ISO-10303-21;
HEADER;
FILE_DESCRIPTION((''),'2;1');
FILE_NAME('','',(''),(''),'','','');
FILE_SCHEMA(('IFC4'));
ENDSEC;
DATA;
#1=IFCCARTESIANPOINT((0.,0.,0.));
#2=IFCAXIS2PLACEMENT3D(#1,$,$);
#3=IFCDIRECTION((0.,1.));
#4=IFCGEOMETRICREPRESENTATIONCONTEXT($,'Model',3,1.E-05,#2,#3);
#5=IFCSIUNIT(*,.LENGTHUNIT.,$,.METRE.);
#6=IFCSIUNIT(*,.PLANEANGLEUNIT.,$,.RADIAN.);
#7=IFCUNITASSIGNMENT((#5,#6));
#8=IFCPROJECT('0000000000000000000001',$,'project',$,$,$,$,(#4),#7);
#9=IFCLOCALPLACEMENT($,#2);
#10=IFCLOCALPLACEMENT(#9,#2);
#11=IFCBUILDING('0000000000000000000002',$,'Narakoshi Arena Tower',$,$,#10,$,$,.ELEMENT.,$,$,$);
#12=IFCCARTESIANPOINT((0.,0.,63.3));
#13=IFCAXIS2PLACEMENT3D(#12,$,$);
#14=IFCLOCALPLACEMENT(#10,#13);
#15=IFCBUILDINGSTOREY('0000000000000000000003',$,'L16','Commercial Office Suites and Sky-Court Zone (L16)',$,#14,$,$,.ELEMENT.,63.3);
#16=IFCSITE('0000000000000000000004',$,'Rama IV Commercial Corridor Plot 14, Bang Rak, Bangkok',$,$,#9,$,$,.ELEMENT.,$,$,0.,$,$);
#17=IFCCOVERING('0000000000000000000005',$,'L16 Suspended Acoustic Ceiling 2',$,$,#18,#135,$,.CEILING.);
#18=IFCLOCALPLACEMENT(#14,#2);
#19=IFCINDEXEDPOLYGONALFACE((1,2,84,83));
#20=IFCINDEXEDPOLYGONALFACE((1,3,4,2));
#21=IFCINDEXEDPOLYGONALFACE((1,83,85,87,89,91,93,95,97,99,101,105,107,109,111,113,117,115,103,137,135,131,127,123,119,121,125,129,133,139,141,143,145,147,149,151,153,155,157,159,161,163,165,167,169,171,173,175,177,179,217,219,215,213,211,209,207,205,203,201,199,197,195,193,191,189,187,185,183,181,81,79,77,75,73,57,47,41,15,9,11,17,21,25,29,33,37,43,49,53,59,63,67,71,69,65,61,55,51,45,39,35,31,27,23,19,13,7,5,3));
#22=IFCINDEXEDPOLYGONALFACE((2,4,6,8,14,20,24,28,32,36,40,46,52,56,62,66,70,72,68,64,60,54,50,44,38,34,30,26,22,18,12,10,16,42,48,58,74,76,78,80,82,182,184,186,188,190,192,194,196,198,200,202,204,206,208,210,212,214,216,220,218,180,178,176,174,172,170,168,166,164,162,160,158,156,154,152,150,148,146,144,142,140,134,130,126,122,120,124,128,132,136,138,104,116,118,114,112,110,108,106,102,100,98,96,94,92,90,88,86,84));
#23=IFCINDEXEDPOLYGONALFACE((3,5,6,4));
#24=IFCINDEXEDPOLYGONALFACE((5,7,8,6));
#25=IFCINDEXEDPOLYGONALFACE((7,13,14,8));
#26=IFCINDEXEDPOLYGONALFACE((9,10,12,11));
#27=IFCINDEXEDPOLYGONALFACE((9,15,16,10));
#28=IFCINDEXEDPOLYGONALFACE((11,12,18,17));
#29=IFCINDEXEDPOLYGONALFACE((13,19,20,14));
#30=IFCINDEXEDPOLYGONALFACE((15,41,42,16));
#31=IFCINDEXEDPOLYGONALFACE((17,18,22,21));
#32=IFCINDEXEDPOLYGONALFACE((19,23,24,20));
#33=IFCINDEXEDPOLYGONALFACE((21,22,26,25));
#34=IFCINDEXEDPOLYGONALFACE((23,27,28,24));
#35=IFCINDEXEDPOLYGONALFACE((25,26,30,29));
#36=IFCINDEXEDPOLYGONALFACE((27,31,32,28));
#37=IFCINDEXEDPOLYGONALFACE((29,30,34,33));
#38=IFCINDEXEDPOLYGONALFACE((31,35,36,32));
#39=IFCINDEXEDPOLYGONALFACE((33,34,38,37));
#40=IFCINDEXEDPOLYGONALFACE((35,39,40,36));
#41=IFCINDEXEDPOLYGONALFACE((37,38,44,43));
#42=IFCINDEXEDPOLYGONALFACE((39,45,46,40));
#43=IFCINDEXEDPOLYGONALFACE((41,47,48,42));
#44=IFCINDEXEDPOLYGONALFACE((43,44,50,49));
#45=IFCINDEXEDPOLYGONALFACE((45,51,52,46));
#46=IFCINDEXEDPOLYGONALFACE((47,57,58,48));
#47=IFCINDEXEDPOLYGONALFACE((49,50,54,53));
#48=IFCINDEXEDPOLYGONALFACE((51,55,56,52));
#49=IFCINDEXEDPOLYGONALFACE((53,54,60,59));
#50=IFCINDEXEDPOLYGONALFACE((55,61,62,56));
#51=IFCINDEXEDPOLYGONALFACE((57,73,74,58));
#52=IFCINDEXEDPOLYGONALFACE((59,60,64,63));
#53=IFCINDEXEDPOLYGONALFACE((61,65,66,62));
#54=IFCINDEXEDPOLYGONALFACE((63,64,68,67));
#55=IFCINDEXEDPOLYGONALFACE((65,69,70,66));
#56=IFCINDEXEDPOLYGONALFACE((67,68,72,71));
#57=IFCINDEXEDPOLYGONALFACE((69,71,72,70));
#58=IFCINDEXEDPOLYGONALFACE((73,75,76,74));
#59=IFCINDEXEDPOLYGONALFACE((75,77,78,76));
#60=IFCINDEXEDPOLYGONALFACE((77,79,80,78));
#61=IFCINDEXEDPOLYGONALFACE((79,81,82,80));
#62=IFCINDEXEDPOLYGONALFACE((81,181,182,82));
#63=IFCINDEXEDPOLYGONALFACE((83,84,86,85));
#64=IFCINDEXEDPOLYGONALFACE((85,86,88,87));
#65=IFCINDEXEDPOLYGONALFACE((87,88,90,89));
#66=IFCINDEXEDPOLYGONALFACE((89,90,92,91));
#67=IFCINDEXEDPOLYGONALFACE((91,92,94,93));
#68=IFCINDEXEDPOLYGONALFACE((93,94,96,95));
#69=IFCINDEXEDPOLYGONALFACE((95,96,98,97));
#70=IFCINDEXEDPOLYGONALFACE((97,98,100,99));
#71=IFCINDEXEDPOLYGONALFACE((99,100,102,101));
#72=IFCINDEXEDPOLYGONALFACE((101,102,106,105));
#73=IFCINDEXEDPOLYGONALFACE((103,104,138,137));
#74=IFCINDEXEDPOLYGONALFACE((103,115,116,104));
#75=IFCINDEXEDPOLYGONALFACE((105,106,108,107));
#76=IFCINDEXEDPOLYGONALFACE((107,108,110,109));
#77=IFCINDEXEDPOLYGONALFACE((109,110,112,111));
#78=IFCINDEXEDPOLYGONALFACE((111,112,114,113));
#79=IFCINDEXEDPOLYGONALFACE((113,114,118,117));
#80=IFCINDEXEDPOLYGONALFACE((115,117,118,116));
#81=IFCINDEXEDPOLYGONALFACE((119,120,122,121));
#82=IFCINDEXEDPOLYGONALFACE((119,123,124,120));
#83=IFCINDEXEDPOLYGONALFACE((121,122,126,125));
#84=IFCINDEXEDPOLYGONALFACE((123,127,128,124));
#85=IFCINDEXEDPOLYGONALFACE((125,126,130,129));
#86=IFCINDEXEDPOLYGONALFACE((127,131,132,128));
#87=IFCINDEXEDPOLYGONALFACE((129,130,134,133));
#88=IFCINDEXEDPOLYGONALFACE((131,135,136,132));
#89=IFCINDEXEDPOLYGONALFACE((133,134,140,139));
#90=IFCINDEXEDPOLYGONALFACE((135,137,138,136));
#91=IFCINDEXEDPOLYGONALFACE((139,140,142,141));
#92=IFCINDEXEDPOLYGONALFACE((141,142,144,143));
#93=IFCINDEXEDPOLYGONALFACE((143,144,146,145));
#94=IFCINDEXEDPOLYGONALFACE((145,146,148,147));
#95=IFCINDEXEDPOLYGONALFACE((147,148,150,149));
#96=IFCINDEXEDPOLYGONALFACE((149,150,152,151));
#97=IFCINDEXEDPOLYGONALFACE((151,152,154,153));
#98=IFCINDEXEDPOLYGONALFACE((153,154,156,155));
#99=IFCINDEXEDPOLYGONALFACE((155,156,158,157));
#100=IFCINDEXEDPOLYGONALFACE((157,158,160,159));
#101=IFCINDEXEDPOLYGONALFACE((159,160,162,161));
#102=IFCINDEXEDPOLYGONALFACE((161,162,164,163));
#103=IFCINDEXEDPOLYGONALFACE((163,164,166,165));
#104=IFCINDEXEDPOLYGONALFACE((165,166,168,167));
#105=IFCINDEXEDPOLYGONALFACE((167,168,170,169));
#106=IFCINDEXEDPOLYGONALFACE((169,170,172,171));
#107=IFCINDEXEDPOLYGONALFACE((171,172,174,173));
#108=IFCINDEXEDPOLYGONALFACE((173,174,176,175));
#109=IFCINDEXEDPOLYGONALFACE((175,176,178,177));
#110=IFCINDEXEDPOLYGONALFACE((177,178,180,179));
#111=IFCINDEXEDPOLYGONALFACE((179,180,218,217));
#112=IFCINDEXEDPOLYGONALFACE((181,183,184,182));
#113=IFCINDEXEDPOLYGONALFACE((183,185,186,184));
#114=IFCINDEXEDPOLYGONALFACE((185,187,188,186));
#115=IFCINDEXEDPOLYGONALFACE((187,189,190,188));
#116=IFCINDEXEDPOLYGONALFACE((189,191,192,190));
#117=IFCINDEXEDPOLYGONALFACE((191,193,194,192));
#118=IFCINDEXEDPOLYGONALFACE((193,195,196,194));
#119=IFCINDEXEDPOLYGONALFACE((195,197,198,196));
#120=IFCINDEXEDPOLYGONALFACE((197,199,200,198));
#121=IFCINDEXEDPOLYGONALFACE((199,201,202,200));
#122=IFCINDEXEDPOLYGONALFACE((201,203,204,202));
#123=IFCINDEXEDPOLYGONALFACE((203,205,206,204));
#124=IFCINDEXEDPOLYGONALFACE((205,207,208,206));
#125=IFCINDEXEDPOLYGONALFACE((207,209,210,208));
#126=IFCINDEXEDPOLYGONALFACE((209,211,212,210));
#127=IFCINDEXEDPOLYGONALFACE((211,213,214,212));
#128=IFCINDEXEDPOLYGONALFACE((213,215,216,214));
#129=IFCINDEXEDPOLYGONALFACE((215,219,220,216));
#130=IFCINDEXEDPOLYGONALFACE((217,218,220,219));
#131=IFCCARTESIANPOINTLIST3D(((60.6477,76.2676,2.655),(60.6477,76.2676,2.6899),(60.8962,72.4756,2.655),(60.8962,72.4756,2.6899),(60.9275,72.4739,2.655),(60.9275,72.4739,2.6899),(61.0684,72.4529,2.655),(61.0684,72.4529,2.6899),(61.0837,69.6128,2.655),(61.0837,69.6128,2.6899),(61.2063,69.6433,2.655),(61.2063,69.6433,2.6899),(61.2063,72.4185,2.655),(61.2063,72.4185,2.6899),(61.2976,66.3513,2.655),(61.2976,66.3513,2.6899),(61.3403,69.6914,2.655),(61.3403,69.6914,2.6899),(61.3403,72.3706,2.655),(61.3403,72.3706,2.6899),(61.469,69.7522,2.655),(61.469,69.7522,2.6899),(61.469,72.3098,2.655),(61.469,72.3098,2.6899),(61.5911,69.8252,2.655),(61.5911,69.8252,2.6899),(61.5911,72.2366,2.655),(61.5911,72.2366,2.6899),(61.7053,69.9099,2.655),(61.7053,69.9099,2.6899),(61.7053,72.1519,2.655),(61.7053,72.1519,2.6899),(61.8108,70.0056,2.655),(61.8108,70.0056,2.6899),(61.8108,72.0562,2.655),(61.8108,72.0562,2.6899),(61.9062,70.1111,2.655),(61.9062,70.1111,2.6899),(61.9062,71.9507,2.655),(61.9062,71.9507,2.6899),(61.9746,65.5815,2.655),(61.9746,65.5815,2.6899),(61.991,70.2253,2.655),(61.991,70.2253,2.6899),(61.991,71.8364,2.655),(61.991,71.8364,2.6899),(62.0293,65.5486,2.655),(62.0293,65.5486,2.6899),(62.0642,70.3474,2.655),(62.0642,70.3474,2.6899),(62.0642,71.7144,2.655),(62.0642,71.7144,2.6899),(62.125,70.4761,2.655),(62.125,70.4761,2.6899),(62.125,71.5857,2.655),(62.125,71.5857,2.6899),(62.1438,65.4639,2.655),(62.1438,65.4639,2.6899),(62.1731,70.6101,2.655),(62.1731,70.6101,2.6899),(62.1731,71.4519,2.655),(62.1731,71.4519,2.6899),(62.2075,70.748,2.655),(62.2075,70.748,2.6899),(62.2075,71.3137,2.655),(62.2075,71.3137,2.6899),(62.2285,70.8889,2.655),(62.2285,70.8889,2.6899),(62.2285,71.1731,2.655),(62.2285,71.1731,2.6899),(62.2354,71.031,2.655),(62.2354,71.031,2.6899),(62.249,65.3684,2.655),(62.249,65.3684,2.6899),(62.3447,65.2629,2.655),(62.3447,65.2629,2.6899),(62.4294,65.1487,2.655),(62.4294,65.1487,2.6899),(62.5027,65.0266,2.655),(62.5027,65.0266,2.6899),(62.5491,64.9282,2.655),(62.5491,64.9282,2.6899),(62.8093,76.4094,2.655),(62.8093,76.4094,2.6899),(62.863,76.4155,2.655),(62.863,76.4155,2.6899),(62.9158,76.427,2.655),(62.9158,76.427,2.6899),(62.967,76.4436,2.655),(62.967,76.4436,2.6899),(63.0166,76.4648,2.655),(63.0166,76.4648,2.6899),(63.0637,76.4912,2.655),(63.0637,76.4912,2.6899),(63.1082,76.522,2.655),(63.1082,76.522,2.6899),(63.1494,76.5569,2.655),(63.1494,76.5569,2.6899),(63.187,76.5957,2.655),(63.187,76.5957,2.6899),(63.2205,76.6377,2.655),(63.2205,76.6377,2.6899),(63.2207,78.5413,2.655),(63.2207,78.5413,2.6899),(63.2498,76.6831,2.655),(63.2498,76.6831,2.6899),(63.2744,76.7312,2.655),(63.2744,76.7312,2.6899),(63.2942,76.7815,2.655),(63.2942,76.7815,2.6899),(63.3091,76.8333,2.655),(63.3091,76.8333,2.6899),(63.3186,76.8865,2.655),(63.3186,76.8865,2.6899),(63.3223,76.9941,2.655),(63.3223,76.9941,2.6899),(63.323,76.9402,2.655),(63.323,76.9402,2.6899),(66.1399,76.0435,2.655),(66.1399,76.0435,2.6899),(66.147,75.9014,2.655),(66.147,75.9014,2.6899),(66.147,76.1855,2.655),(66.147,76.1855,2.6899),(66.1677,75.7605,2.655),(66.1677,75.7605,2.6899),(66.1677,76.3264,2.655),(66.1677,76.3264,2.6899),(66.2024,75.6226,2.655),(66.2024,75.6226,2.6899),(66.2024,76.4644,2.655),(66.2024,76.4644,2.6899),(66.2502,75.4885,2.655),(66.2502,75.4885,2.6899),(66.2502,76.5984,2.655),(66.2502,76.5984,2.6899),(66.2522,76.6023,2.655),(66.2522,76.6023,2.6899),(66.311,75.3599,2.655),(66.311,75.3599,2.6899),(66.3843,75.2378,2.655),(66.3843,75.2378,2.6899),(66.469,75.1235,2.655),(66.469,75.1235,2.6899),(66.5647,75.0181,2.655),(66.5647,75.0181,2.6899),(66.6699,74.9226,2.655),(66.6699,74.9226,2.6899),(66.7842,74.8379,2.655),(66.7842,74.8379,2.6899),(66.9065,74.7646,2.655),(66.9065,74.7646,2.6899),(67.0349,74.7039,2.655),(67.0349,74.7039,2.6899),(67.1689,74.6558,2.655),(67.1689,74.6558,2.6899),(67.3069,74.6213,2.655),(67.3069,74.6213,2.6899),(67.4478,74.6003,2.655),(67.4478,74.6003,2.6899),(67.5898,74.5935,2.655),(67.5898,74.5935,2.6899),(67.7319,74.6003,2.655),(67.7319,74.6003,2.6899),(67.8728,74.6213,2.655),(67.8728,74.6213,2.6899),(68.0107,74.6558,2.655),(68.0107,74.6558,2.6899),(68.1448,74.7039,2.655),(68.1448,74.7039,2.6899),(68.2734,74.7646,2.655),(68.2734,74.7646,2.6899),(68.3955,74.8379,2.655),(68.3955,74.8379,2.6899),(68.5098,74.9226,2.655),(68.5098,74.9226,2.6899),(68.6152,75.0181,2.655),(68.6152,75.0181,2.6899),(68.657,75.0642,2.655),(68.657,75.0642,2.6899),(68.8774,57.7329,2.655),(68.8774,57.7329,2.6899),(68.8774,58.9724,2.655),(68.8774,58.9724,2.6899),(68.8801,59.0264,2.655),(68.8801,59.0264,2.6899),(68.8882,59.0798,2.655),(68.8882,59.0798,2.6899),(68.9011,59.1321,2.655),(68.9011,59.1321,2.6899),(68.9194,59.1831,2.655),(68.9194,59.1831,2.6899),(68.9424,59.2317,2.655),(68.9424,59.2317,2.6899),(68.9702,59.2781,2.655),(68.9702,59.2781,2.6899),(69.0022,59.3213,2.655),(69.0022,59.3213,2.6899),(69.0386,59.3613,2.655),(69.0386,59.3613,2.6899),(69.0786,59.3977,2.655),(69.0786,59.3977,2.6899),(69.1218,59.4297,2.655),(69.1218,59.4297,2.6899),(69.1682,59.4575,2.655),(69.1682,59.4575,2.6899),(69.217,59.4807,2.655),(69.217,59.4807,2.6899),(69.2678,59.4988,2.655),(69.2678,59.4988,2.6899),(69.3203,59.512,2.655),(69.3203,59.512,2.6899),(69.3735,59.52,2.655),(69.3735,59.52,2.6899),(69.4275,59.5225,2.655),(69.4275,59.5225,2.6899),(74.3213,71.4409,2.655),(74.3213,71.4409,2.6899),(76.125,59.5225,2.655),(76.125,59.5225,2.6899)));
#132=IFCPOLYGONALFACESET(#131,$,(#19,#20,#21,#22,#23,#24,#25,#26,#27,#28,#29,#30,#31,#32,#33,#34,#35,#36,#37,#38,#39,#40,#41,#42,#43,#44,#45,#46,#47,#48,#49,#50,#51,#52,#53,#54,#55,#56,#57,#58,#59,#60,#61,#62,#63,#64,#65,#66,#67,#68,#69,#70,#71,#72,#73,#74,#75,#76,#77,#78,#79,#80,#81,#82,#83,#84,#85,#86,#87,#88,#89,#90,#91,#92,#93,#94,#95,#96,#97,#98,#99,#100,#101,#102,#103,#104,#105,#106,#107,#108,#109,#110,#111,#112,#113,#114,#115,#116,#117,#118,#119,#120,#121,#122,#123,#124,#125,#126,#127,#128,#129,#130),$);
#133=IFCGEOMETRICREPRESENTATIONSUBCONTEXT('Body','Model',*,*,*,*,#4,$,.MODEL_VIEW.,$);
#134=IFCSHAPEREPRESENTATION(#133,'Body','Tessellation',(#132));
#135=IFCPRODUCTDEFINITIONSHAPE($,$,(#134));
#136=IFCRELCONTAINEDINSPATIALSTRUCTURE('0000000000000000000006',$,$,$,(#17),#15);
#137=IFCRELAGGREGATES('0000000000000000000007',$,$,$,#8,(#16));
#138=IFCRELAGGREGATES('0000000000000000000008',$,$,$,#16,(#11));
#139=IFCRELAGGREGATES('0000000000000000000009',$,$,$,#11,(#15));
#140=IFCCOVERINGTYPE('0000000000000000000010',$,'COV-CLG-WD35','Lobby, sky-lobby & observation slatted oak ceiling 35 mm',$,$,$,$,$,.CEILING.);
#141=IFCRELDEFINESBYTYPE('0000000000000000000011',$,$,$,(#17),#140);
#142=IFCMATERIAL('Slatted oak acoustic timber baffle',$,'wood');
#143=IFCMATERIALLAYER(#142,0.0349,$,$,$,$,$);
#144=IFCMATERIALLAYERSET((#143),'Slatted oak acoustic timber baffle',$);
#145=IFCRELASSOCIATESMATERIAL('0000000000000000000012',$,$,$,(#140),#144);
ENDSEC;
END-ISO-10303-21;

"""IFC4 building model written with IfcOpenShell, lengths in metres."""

from ifc_helpers import new_model, si_unit, direction, frame, origin, place, context, subcontext, project, spatial, polyline, outline, extrude, material, layer, layer_set, type_object, element, save


model = new_model("IFC4")

# Units and contexts
model_context = context("Model", 3, precision=1e-05, world=origin(), true_north=direction((0.0, 1.0)))
body_context = subcontext(model_context, "Body", "Model", "MODEL_VIEW")
ifc_project = project(units=[si_unit("LENGTHUNIT", "METRE"), si_unit("PLANEANGLEUNIT", "RADIAN")], contexts=[model_context])

# Site, building, storey
site_placement = place(None, origin())
site = spatial("IfcSite", under=ifc_project, at=site_placement, Name="Rama IV Commercial Corridor Plot 14, Bang Rak, Bangkok", CompositionType="ELEMENT", RefElevation=0.0)
building_placement = place(site_placement, origin())
building = spatial("IfcBuilding", under=site, at=building_placement, Name="Narakoshi Arena Tower", CompositionType="ELEMENT")
storey_placement = place(building_placement, frame((0.0, 0.0, 63.3)))
storey = spatial("IfcBuildingStorey", under=building, at=storey_placement, Name="L16", Description="Commercial Office Suites and Sky-Court Zone (L16)", CompositionType="ELEMENT", Elevation=63.3)

# Covering
ifc_material_1 = material(Name="Slatted oak acoustic timber baffle", Category="wood")
ifc_layer_1 = layer(ifc_material_1, 0.0349)
ifc_layer_set_1 = layer_set([ifc_layer_1], Name="Slatted oak acoustic timber baffle")
covering_type_1 = type_object("IfcCoveringType", Name="COV-CLG-WD35", Description="Lobby, sky-lobby & observation slatted oak ceiling 35 mm", PredefinedType="CEILING", material=ifc_layer_set_1)
covering_1_placement = place(storey_placement, frame((0.0, 0.0, 2.655)))
element("IfcCovering", 1, at=covering_1_placement, inside=storey, type_object=covering_type_1, Name="L16 Suspended Acoustic Ceiling 2", PredefinedType="CEILING", context=body_context, shape_type="SweptSolid", body=[
    extrude(outline(polyline([(62.8093, 76.4094), (62.863, 76.4155), (62.9158, 76.427), (62.967, 76.4436), (63.0166, 76.4648), (63.0637, 76.4912), (63.1082, 76.522), (63.1494, 76.5569), (63.187, 76.5957), (63.2205, 76.6377), (63.2498, 76.6831), (63.2744, 76.7312), (63.2942, 76.7815), (63.3091, 76.8333), (63.3186, 76.8865), (63.323, 76.9402), (63.3223, 76.9941), (63.2207, 78.5413), (66.2522, 76.6023), (66.2502, 76.5984), (66.2024, 76.4644), (66.1677, 76.3264), (66.147, 76.1855), (66.1399, 76.0435), (66.147, 75.9014), (66.1677, 75.7605), (66.2024, 75.6226), (66.2502, 75.4885), (66.311, 75.3599), (66.3843, 75.2378), (66.469, 75.1235), (66.5647, 75.0181), (66.6699, 74.9226), (66.7842, 74.8379), (66.9065, 74.7646), (67.0349, 74.7039), (67.1689, 74.6558), (67.3069, 74.6213), (67.4478, 74.6003), (67.5898, 74.5935), (67.7319, 74.6003), (67.8728, 74.6213), (68.0107, 74.6558), (68.1448, 74.7039), (68.2734, 74.7646), (68.3955, 74.8379), (68.5098, 74.9226), (68.6152, 75.0181), (68.657, 75.0642), (74.3213, 71.4409), (76.125, 59.5225), (69.4275, 59.5225), (69.3735, 59.52), (69.3203, 59.512), (69.2678, 59.4988), (69.217, 59.4807), (69.1682, 59.4575), (69.1218, 59.4297), (69.0786, 59.3977), (69.0386, 59.3613), (69.0022, 59.3213), (68.9702, 59.2781), (68.9424, 59.2317), (68.9194, 59.1831), (68.9011, 59.1321), (68.8882, 59.0798), (68.8801, 59.0264), (68.8774, 58.9724), (68.8774, 57.7329), (62.5491, 64.9282), (62.5027, 65.0266), (62.4294, 65.1487), (62.3447, 65.2629), (62.249, 65.3684), (62.1438, 65.4639), (62.0293, 65.5486), (61.9746, 65.5815), (61.2976, 66.3513), (61.0837, 69.6128), (61.2063, 69.6433), (61.3403, 69.6914), (61.469, 69.7522), (61.5911, 69.8252), (61.7053, 69.9099), (61.8108, 70.0056), (61.9062, 70.1111), (61.991, 70.2253), (62.0642, 70.3474), (62.125, 70.4761), (62.1731, 70.6101), (62.2075, 70.748), (62.2285, 70.8889), (62.2354, 71.031), (62.2285, 71.1731), (62.2075, 71.3137), (62.1731, 71.4519), (62.125, 71.5857), (62.0642, 71.7144), (61.991, 71.8364), (61.9062, 71.9507), (61.8108, 72.0562), (61.7053, 72.1519), (61.5911, 72.2366), (61.469, 72.3098), (61.3403, 72.3706), (61.2063, 72.4185), (61.0684, 72.4529), (60.9275, 72.4739), (60.8962, 72.4756), (60.6477, 76.2676), (62.8093, 76.4094)])), origin(), (0.0, 0.0, 1.0), 0.0349),
])

save(model, "model.ifc")
